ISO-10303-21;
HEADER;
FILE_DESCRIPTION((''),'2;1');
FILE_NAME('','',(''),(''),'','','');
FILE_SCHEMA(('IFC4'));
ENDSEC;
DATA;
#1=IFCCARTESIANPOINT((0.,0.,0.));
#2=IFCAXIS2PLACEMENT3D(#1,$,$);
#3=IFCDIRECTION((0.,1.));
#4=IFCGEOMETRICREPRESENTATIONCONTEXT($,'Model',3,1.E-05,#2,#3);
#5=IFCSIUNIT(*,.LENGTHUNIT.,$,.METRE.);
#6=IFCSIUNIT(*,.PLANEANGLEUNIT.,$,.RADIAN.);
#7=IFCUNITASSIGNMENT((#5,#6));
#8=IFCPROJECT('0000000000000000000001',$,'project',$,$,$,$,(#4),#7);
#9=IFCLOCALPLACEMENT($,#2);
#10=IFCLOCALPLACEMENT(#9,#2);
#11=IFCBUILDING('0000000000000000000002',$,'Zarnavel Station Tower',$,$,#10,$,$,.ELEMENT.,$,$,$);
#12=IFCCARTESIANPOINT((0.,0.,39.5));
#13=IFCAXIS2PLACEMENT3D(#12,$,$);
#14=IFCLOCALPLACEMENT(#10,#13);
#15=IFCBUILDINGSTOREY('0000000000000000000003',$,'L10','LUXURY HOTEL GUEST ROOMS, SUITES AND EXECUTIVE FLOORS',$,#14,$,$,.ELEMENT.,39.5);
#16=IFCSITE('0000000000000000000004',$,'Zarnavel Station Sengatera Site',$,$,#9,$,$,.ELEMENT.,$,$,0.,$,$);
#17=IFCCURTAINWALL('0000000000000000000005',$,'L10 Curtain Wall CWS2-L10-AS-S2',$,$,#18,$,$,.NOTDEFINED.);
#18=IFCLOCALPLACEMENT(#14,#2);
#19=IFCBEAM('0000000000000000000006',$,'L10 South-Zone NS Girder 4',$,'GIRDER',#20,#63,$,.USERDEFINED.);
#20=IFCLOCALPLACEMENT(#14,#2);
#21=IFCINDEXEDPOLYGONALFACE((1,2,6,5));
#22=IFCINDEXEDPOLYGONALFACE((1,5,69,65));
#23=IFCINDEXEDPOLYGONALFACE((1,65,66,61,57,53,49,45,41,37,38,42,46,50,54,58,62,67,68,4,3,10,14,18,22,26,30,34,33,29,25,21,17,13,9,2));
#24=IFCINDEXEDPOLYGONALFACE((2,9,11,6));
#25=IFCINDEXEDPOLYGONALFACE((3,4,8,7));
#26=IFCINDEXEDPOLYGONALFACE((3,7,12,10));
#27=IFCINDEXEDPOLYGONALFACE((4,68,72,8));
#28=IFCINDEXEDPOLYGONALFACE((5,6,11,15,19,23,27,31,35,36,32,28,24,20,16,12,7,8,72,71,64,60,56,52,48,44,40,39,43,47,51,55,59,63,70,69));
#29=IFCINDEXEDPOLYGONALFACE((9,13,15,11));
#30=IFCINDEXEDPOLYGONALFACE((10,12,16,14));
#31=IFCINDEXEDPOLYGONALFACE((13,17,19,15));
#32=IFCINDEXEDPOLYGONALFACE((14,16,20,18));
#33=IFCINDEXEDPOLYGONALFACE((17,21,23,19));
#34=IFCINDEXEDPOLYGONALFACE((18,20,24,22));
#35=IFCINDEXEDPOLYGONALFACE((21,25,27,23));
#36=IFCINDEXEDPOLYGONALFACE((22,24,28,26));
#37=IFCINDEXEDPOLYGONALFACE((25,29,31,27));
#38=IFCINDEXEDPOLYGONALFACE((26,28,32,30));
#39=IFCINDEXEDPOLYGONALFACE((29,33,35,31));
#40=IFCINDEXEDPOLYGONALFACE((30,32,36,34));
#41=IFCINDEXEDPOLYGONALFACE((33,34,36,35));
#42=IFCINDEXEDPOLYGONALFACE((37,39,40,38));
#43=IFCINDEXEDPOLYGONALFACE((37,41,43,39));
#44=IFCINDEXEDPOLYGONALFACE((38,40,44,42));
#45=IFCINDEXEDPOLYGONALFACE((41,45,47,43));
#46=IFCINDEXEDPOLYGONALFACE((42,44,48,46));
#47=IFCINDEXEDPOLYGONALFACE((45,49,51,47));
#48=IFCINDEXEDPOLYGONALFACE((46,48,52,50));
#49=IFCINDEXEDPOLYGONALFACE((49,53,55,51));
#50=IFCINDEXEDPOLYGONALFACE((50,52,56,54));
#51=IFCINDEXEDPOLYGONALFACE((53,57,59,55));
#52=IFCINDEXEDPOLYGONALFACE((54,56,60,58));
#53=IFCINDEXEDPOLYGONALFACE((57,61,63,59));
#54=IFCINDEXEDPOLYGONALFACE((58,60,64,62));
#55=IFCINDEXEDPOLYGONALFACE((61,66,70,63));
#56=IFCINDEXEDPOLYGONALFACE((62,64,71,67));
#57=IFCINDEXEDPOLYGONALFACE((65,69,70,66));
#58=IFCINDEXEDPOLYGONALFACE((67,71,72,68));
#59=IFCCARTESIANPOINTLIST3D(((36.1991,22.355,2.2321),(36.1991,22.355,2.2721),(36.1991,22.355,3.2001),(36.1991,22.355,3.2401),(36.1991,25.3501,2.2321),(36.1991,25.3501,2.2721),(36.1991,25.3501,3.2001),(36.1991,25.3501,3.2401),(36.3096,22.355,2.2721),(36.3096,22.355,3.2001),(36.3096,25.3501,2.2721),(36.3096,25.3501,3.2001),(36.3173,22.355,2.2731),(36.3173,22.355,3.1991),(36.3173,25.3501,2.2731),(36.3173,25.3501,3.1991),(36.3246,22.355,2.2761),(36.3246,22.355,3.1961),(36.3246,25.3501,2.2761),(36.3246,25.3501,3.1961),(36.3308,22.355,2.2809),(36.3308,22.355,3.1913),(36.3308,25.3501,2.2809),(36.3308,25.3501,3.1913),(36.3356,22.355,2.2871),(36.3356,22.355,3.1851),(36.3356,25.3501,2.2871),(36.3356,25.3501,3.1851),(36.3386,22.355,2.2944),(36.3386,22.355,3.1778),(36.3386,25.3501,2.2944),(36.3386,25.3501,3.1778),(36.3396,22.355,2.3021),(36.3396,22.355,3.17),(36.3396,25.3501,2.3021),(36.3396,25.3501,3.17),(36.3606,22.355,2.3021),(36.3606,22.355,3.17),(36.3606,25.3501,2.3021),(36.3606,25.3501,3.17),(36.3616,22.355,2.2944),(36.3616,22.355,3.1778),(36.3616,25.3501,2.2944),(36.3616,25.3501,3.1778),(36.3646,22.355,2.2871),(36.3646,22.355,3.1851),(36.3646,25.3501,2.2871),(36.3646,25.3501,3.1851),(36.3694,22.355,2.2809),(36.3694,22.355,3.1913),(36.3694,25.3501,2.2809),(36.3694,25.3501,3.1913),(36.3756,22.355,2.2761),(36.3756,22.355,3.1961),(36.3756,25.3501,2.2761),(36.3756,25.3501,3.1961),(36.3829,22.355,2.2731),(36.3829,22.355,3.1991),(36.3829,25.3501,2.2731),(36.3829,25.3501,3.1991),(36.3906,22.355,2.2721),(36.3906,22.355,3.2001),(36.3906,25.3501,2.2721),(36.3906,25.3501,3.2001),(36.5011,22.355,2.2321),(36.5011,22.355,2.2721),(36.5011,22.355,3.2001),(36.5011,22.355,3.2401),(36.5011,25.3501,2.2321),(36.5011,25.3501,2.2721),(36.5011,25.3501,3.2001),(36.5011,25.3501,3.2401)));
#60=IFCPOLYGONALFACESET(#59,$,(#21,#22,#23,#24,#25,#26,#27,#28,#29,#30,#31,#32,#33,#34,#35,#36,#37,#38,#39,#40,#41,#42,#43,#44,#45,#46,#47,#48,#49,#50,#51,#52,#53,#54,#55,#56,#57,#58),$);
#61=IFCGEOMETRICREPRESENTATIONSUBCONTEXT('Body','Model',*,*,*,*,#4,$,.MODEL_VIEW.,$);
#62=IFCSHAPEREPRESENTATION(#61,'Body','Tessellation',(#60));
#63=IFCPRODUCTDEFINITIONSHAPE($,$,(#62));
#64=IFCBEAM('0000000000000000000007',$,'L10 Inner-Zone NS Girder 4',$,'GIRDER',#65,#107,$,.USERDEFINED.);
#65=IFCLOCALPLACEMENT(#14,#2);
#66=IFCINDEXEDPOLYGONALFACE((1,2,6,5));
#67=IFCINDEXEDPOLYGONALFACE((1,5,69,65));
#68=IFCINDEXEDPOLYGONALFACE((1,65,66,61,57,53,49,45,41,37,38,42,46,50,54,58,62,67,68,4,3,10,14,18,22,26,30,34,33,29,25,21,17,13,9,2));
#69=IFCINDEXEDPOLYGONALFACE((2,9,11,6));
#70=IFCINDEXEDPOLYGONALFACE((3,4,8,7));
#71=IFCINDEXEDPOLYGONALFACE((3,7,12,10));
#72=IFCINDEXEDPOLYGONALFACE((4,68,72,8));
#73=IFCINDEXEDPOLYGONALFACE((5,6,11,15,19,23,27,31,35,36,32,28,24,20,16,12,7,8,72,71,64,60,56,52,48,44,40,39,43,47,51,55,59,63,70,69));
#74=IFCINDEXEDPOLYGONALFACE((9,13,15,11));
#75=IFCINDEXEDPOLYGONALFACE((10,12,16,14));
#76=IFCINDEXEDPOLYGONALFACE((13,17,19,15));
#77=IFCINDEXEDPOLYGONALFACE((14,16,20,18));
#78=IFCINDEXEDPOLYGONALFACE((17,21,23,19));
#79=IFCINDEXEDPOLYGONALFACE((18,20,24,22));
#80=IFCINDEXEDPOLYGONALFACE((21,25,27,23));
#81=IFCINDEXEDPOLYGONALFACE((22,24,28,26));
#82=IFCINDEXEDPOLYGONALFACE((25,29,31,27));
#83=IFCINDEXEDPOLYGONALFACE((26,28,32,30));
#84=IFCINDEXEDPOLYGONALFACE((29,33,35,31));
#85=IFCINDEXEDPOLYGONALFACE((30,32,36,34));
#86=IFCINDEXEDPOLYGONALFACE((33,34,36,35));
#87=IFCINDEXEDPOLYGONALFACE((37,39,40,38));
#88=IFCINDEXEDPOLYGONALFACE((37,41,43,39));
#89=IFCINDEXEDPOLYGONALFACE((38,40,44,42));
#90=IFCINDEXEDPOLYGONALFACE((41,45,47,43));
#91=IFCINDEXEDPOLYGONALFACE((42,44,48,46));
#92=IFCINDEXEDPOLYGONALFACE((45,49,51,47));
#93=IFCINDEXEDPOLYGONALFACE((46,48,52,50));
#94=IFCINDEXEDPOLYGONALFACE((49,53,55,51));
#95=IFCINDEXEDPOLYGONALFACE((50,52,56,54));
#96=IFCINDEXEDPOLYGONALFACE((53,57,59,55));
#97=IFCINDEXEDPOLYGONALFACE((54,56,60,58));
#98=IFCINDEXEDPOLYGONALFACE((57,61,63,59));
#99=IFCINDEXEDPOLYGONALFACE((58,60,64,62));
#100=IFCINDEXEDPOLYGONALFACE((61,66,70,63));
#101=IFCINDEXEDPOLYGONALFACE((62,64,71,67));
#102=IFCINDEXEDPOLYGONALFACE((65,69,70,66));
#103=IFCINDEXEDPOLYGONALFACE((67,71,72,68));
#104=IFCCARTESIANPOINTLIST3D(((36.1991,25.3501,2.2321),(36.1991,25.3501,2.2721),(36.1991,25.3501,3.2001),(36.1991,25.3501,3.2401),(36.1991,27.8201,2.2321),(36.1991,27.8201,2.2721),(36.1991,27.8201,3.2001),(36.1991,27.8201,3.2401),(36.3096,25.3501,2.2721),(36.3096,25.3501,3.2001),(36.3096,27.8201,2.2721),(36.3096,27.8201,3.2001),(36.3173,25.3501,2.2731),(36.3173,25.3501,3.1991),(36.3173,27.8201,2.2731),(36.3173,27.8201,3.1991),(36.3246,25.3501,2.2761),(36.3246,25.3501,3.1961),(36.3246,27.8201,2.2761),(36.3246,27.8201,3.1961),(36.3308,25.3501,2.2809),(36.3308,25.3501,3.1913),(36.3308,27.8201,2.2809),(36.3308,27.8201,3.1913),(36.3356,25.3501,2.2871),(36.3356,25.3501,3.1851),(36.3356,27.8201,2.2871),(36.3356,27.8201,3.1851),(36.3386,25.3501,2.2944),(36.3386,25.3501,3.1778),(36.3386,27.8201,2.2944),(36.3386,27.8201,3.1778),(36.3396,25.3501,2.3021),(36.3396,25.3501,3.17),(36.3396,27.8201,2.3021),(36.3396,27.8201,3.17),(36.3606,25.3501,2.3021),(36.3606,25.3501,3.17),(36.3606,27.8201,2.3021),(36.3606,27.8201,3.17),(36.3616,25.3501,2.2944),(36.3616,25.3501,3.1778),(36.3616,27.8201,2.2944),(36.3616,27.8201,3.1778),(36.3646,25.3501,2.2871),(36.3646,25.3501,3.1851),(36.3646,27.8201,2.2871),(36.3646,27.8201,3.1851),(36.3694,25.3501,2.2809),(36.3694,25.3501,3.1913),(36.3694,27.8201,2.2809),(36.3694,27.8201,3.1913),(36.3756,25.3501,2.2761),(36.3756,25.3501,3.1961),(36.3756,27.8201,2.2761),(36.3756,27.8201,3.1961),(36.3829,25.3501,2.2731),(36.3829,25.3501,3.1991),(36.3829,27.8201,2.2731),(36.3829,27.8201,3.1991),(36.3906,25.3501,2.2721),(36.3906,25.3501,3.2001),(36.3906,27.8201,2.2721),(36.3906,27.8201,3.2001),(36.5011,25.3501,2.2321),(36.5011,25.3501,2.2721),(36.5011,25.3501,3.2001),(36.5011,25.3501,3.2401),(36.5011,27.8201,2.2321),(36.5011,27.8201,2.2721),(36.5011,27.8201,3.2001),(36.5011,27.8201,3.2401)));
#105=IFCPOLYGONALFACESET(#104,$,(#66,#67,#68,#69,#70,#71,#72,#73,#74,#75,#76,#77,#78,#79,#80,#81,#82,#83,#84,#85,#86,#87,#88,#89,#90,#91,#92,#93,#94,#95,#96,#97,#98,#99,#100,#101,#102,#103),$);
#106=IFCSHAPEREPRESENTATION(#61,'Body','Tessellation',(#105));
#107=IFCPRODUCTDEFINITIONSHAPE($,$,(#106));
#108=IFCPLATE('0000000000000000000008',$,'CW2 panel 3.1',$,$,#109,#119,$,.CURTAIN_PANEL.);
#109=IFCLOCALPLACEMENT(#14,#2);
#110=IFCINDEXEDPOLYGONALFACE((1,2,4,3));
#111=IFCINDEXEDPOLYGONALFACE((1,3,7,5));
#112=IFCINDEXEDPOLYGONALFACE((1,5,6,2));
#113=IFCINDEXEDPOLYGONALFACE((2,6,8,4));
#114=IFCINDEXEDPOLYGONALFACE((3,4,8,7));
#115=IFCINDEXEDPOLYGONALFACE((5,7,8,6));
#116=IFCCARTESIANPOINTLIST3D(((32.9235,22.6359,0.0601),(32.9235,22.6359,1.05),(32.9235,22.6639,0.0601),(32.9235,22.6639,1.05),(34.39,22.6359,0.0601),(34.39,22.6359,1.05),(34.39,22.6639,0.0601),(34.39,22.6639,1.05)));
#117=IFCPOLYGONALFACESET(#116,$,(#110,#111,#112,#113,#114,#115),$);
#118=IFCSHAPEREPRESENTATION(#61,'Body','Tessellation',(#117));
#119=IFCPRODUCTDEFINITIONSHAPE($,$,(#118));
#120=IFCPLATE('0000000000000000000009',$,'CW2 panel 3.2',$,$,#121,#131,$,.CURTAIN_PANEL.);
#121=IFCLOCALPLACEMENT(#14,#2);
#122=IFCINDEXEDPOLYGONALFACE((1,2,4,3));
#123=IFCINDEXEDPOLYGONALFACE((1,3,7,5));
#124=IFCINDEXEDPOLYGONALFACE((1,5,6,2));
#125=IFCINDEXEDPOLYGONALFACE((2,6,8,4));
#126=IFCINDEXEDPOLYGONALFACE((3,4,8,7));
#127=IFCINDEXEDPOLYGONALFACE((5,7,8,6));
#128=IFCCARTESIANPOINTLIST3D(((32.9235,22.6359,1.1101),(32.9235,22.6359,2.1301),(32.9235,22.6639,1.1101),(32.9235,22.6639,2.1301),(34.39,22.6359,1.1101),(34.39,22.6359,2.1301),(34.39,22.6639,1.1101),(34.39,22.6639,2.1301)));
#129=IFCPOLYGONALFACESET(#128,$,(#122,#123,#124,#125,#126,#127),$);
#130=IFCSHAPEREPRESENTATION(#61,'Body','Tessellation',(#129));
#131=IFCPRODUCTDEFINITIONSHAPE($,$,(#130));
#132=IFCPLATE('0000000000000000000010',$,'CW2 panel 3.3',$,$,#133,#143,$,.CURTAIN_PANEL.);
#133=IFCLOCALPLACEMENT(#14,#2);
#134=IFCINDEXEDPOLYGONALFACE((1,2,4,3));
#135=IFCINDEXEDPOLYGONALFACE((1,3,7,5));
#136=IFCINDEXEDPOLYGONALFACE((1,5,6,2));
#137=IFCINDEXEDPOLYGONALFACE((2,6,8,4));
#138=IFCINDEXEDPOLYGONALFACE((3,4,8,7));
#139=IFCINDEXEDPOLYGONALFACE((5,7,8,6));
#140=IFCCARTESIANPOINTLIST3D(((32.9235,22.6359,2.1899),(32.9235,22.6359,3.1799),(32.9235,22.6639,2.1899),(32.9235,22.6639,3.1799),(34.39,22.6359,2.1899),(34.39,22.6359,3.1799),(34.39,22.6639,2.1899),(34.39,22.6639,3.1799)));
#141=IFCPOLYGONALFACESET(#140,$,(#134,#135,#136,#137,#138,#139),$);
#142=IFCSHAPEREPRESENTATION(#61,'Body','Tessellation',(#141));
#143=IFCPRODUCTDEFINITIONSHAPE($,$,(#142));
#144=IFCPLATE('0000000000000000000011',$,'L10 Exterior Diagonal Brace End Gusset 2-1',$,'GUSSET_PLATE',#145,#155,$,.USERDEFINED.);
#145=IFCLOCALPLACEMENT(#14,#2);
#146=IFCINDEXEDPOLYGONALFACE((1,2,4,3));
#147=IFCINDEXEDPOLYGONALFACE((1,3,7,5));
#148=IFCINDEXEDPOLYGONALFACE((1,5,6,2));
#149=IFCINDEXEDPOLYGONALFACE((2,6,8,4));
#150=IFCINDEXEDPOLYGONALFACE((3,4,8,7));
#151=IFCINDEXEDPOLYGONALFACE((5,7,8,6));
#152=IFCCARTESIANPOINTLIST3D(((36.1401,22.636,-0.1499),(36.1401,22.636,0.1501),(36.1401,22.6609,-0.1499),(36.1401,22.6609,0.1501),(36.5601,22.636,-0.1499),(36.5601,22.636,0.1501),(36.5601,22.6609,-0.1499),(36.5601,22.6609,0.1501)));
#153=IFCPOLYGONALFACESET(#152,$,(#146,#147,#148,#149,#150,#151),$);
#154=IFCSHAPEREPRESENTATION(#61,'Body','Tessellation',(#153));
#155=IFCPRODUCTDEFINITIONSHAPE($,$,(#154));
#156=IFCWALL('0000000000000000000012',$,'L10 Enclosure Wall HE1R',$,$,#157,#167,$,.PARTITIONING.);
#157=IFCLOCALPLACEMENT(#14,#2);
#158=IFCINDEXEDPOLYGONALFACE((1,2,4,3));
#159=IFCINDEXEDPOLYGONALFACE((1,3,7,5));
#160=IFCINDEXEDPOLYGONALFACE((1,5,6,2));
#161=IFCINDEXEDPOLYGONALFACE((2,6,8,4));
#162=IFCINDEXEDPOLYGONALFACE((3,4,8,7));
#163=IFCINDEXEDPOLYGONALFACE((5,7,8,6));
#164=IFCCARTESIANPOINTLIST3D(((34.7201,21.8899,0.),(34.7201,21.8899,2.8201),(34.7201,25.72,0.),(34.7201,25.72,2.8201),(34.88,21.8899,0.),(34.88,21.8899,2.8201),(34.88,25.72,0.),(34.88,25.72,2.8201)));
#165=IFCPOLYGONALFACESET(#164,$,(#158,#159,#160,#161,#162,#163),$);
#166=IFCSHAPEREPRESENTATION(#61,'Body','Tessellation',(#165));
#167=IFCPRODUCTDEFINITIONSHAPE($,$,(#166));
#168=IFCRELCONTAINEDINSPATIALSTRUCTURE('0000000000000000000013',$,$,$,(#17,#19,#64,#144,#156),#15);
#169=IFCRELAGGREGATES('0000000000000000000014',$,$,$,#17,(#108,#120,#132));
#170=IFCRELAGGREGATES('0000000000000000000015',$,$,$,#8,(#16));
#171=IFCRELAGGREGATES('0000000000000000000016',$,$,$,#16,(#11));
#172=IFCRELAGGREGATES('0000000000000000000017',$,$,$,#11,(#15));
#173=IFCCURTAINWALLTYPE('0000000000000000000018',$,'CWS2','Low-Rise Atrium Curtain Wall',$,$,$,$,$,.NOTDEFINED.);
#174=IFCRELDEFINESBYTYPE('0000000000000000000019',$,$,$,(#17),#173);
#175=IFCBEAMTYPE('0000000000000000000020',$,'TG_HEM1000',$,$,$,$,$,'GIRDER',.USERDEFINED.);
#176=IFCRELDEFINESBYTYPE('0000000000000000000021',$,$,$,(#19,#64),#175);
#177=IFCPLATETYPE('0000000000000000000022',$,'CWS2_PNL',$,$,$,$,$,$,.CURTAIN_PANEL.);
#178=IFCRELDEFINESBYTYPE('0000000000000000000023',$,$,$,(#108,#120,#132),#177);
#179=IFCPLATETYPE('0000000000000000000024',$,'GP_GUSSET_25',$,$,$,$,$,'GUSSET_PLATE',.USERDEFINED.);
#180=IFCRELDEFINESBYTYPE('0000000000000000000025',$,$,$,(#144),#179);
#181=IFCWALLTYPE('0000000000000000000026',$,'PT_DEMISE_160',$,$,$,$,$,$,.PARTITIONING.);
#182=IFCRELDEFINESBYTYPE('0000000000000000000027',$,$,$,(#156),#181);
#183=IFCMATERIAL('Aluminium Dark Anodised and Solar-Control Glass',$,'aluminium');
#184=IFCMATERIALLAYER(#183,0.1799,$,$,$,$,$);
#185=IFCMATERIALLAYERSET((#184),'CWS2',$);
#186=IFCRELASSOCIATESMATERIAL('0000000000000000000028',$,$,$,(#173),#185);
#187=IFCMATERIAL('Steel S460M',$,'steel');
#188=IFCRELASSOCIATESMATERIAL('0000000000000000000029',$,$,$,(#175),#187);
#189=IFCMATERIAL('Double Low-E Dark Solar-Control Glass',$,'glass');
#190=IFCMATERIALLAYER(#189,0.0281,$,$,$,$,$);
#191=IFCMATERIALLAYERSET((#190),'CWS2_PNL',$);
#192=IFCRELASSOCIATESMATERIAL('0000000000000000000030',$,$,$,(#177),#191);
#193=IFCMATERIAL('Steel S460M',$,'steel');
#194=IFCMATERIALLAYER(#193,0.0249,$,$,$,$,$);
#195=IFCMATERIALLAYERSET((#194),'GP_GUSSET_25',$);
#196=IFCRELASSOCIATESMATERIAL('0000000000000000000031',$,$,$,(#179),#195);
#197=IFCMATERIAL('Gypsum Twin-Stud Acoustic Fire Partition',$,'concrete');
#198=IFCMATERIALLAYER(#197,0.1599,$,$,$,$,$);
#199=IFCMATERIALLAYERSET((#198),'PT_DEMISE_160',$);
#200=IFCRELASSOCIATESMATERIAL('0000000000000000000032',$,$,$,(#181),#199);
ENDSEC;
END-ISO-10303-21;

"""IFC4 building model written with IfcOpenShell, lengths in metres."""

from ifc_helpers import new_model, si_unit, direction, frame, frame_2d, origin, origin_2d, place, context, subcontext, project, spatial, rectangle, i_section, extrude, material, layer, layer_set, material_profile, profile_set, type_object, element, aggregate, save


model = new_model("IFC4")

# Units and contexts
model_context = context("Model", 3, precision=1e-05, world=origin(), true_north=direction((0.0, 1.0)))
body_context = subcontext(model_context, "Body", "Model", "MODEL_VIEW")
ifc_project = project(units=[si_unit("LENGTHUNIT", "METRE"), si_unit("PLANEANGLEUNIT", "RADIAN")], contexts=[model_context])

# Site, building, storey
site_placement = place(None, origin())
site = spatial("IfcSite", under=ifc_project, at=site_placement, Name="Zarnavel Station Sengatera Site", CompositionType="ELEMENT", RefElevation=0.0)
building_placement = place(site_placement, origin())
building = spatial("IfcBuilding", under=site, at=building_placement, Name="Zarnavel Station Tower", CompositionType="ELEMENT")
storey_placement = place(building_placement, frame((0.0, 0.0, 39.5)))
storey = spatial("IfcBuildingStorey", under=building, at=storey_placement, Name="L10", Description="LUXURY HOTEL GUEST ROOMS, SUITES AND EXECUTIVE FLOORS", CompositionType="ELEMENT", Elevation=39.5)

# Curtain wall
ifc_material_1 = material(Name="Aluminium Dark Anodised and Solar-Control Glass", Category="aluminium")
ifc_layer_1 = layer(ifc_material_1, 0.1799)
ifc_layer_set_1 = layer_set([ifc_layer_1], Name="CWS2")
curtain_wall_type = type_object("IfcCurtainWallType", Name="CWS2", Description="Low-Rise Atrium Curtain Wall", PredefinedType="NOTDEFINED", material=ifc_layer_set_1)
curtain_wall_placement = place(storey_placement, origin())
curtain_wall = element("IfcCurtainWall", 1, at=curtain_wall_placement, inside=storey, type_object=curtain_wall_type, Name="L10 Curtain Wall CWS2-L10-AS-S2", PredefinedType="NOTDEFINED")

# Beams
ifc_material_2 = material(Name="Steel S460M", Category="steel")
ifc_material_profile_1 = material_profile(ifc_material_2, i_section(OverallWidth=0.302, OverallDepth=1.0081, WebThickness=0.021, FlangeThickness=0.04, FilletRadius=0.03, at=origin_2d()), Name="HEM1000")
ifc_profile_set_1 = profile_set([ifc_material_profile_1], Name="Steel S460M")
beam_type_1 = type_object("IfcBeamType", Name="TG_HEM1000", ElementType="GIRDER", PredefinedType="USERDEFINED", material=ifc_profile_set_1)
beam_1_placement = place(storey_placement, frame((36.3501, 22.355, 2.7361), z_axis=(0.0, 1.0, 0.0), x_axis=(-1.0, 0.0, 0.0)))
element("IfcBeam", 2, at=beam_1_placement, inside=storey, type_object=beam_type_1, Name="L10 South-Zone NS Girder 4", ObjectType="GIRDER", PredefinedType="USERDEFINED", context=body_context, shape_type="SweptSolid", body=[
    extrude(i_section(OverallWidth=0.302, OverallDepth=1.0081, WebThickness=0.021, FlangeThickness=0.04, FilletRadius=0.03, at=origin_2d()), origin(), (0.0, 0.0, 1.0), 2.9951),
])
beam_2_placement = place(storey_placement, frame((36.3501, 25.3501, 2.7361), z_axis=(0.0, 1.0, 0.0), x_axis=(-1.0, 0.0, 0.0)))
element("IfcBeam", 3, at=beam_2_placement, inside=storey, type_object=beam_type_1, Name="L10 Inner-Zone NS Girder 4", ObjectType="GIRDER", PredefinedType="USERDEFINED", context=body_context, shape_type="SweptSolid", body=[
    extrude(i_section(OverallWidth=0.302, OverallDepth=1.0081, WebThickness=0.021, FlangeThickness=0.04, FilletRadius=0.03, at=origin_2d()), origin(), (0.0, 0.0, 1.0), 2.47),
])

# Plates
ifc_material_3 = material(Name="Double Low-E Dark Solar-Control Glass", Category="glass")
ifc_layer_2 = layer(ifc_material_3, 0.0281)
ifc_layer_set_2 = layer_set([ifc_layer_2], Name="CWS2_PNL")
plate_type_1 = type_object("IfcPlateType", Name="CWS2_PNL", PredefinedType="CURTAIN_PANEL", material=ifc_layer_set_2)
plate_1_placement = place(storey_placement, frame((33.6567, 22.6499, 0.0601), z_axis=(0.0, 0.0, 1.0), x_axis=(1.0, 0.0, 0.0)))
plate_1 = element("IfcPlate", 4, at=plate_1_placement, type_object=plate_type_1, Name="CW2 panel 3.1", PredefinedType="CURTAIN_PANEL", context=body_context, shape_type="SweptSolid", body=[
    extrude(rectangle(XDim=1.4666, YDim=0.0281, at=origin_2d()), origin(), (0.0, 0.0, 1.0), 0.99),
])
plate_2_placement = place(storey_placement, frame((33.6567, 22.6499, 1.1101), z_axis=(0.0, 0.0, 1.0), x_axis=(1.0, 0.0, 0.0)))
plate_2 = element("IfcPlate", 5, at=plate_2_placement, type_object=plate_type_1, Name="CW2 panel 3.2", PredefinedType="CURTAIN_PANEL", context=body_context, shape_type="SweptSolid", body=[
    extrude(rectangle(XDim=1.4666, YDim=0.0281, at=origin_2d()), origin(), (0.0, 0.0, 1.0), 1.02),
])
plate_3_placement = place(storey_placement, frame((33.6567, 22.6499, 2.1899), z_axis=(0.0, 0.0, 1.0), x_axis=(1.0, 0.0, 0.0)))
plate_3 = element("IfcPlate", 6, at=plate_3_placement, type_object=plate_type_1, Name="CW2 panel 3.3", PredefinedType="CURTAIN_PANEL", context=body_context, shape_type="SweptSolid", body=[
    extrude(rectangle(XDim=1.4666, YDim=0.0281, at=origin_2d()), origin(), (0.0, 0.0, 1.0), 0.99),
])
aggregate(curtain_wall, [plate_1, plate_2, plate_3])
ifc_material_4 = material(Name="Steel S460M", Category="steel")
ifc_layer_3 = layer(ifc_material_4, 0.0249)
ifc_layer_set_3 = layer_set([ifc_layer_3], Name="GP_GUSSET_25")
plate_type_2 = type_object("IfcPlateType", Name="GP_GUSSET_25", ElementType="GUSSET_PLATE", PredefinedType="USERDEFINED", material=ifc_layer_set_3)
plate_4_placement = place(storey_placement, frame((36.3501, 22.6484, -0.1499), z_axis=(0.0, 0.0, 1.0), x_axis=(1.0, 0.0, 0.0)))
element("IfcPlate", 7, at=plate_4_placement, inside=storey, type_object=plate_type_2, Name="L10 Exterior Diagonal Brace End Gusset 2-1", ObjectType="GUSSET_PLATE", PredefinedType="USERDEFINED", context=body_context, shape_type="SweptSolid", body=[
    extrude(rectangle(XDim=0.4199, YDim=0.0249, at=origin_2d()), origin(), (0.0, 0.0, 1.0), 0.3),
])

# Wall
ifc_material_5 = material(Name="Gypsum Twin-Stud Acoustic Fire Partition", Category="concrete")
ifc_layer_4 = layer(ifc_material_5, 0.1599)
ifc_layer_set_4 = layer_set([ifc_layer_4], Name="PT_DEMISE_160")
wall_type_1 = type_object("IfcWallType", Name="PT_DEMISE_160", PredefinedType="PARTITIONING", material=ifc_layer_set_4)
wall_1_placement = place(storey_placement, frame((34.8, 21.8899, 0.0), z_axis=(0.0, 0.0, 1.0), x_axis=(0.0, 1.0, 0.0)))
element("IfcWall", 8, at=wall_1_placement, inside=storey, type_object=wall_type_1, Name="L10 Enclosure Wall HE1R", PredefinedType="PARTITIONING", context=body_context, shape_type="SweptSolid", body=[
    extrude(rectangle(XDim=3.8301, YDim=0.1599, at=frame_2d((1.915, 0.0))), origin(), (0.0, 0.0, 1.0), 2.8201),
])

save(model, "model.ifc")
